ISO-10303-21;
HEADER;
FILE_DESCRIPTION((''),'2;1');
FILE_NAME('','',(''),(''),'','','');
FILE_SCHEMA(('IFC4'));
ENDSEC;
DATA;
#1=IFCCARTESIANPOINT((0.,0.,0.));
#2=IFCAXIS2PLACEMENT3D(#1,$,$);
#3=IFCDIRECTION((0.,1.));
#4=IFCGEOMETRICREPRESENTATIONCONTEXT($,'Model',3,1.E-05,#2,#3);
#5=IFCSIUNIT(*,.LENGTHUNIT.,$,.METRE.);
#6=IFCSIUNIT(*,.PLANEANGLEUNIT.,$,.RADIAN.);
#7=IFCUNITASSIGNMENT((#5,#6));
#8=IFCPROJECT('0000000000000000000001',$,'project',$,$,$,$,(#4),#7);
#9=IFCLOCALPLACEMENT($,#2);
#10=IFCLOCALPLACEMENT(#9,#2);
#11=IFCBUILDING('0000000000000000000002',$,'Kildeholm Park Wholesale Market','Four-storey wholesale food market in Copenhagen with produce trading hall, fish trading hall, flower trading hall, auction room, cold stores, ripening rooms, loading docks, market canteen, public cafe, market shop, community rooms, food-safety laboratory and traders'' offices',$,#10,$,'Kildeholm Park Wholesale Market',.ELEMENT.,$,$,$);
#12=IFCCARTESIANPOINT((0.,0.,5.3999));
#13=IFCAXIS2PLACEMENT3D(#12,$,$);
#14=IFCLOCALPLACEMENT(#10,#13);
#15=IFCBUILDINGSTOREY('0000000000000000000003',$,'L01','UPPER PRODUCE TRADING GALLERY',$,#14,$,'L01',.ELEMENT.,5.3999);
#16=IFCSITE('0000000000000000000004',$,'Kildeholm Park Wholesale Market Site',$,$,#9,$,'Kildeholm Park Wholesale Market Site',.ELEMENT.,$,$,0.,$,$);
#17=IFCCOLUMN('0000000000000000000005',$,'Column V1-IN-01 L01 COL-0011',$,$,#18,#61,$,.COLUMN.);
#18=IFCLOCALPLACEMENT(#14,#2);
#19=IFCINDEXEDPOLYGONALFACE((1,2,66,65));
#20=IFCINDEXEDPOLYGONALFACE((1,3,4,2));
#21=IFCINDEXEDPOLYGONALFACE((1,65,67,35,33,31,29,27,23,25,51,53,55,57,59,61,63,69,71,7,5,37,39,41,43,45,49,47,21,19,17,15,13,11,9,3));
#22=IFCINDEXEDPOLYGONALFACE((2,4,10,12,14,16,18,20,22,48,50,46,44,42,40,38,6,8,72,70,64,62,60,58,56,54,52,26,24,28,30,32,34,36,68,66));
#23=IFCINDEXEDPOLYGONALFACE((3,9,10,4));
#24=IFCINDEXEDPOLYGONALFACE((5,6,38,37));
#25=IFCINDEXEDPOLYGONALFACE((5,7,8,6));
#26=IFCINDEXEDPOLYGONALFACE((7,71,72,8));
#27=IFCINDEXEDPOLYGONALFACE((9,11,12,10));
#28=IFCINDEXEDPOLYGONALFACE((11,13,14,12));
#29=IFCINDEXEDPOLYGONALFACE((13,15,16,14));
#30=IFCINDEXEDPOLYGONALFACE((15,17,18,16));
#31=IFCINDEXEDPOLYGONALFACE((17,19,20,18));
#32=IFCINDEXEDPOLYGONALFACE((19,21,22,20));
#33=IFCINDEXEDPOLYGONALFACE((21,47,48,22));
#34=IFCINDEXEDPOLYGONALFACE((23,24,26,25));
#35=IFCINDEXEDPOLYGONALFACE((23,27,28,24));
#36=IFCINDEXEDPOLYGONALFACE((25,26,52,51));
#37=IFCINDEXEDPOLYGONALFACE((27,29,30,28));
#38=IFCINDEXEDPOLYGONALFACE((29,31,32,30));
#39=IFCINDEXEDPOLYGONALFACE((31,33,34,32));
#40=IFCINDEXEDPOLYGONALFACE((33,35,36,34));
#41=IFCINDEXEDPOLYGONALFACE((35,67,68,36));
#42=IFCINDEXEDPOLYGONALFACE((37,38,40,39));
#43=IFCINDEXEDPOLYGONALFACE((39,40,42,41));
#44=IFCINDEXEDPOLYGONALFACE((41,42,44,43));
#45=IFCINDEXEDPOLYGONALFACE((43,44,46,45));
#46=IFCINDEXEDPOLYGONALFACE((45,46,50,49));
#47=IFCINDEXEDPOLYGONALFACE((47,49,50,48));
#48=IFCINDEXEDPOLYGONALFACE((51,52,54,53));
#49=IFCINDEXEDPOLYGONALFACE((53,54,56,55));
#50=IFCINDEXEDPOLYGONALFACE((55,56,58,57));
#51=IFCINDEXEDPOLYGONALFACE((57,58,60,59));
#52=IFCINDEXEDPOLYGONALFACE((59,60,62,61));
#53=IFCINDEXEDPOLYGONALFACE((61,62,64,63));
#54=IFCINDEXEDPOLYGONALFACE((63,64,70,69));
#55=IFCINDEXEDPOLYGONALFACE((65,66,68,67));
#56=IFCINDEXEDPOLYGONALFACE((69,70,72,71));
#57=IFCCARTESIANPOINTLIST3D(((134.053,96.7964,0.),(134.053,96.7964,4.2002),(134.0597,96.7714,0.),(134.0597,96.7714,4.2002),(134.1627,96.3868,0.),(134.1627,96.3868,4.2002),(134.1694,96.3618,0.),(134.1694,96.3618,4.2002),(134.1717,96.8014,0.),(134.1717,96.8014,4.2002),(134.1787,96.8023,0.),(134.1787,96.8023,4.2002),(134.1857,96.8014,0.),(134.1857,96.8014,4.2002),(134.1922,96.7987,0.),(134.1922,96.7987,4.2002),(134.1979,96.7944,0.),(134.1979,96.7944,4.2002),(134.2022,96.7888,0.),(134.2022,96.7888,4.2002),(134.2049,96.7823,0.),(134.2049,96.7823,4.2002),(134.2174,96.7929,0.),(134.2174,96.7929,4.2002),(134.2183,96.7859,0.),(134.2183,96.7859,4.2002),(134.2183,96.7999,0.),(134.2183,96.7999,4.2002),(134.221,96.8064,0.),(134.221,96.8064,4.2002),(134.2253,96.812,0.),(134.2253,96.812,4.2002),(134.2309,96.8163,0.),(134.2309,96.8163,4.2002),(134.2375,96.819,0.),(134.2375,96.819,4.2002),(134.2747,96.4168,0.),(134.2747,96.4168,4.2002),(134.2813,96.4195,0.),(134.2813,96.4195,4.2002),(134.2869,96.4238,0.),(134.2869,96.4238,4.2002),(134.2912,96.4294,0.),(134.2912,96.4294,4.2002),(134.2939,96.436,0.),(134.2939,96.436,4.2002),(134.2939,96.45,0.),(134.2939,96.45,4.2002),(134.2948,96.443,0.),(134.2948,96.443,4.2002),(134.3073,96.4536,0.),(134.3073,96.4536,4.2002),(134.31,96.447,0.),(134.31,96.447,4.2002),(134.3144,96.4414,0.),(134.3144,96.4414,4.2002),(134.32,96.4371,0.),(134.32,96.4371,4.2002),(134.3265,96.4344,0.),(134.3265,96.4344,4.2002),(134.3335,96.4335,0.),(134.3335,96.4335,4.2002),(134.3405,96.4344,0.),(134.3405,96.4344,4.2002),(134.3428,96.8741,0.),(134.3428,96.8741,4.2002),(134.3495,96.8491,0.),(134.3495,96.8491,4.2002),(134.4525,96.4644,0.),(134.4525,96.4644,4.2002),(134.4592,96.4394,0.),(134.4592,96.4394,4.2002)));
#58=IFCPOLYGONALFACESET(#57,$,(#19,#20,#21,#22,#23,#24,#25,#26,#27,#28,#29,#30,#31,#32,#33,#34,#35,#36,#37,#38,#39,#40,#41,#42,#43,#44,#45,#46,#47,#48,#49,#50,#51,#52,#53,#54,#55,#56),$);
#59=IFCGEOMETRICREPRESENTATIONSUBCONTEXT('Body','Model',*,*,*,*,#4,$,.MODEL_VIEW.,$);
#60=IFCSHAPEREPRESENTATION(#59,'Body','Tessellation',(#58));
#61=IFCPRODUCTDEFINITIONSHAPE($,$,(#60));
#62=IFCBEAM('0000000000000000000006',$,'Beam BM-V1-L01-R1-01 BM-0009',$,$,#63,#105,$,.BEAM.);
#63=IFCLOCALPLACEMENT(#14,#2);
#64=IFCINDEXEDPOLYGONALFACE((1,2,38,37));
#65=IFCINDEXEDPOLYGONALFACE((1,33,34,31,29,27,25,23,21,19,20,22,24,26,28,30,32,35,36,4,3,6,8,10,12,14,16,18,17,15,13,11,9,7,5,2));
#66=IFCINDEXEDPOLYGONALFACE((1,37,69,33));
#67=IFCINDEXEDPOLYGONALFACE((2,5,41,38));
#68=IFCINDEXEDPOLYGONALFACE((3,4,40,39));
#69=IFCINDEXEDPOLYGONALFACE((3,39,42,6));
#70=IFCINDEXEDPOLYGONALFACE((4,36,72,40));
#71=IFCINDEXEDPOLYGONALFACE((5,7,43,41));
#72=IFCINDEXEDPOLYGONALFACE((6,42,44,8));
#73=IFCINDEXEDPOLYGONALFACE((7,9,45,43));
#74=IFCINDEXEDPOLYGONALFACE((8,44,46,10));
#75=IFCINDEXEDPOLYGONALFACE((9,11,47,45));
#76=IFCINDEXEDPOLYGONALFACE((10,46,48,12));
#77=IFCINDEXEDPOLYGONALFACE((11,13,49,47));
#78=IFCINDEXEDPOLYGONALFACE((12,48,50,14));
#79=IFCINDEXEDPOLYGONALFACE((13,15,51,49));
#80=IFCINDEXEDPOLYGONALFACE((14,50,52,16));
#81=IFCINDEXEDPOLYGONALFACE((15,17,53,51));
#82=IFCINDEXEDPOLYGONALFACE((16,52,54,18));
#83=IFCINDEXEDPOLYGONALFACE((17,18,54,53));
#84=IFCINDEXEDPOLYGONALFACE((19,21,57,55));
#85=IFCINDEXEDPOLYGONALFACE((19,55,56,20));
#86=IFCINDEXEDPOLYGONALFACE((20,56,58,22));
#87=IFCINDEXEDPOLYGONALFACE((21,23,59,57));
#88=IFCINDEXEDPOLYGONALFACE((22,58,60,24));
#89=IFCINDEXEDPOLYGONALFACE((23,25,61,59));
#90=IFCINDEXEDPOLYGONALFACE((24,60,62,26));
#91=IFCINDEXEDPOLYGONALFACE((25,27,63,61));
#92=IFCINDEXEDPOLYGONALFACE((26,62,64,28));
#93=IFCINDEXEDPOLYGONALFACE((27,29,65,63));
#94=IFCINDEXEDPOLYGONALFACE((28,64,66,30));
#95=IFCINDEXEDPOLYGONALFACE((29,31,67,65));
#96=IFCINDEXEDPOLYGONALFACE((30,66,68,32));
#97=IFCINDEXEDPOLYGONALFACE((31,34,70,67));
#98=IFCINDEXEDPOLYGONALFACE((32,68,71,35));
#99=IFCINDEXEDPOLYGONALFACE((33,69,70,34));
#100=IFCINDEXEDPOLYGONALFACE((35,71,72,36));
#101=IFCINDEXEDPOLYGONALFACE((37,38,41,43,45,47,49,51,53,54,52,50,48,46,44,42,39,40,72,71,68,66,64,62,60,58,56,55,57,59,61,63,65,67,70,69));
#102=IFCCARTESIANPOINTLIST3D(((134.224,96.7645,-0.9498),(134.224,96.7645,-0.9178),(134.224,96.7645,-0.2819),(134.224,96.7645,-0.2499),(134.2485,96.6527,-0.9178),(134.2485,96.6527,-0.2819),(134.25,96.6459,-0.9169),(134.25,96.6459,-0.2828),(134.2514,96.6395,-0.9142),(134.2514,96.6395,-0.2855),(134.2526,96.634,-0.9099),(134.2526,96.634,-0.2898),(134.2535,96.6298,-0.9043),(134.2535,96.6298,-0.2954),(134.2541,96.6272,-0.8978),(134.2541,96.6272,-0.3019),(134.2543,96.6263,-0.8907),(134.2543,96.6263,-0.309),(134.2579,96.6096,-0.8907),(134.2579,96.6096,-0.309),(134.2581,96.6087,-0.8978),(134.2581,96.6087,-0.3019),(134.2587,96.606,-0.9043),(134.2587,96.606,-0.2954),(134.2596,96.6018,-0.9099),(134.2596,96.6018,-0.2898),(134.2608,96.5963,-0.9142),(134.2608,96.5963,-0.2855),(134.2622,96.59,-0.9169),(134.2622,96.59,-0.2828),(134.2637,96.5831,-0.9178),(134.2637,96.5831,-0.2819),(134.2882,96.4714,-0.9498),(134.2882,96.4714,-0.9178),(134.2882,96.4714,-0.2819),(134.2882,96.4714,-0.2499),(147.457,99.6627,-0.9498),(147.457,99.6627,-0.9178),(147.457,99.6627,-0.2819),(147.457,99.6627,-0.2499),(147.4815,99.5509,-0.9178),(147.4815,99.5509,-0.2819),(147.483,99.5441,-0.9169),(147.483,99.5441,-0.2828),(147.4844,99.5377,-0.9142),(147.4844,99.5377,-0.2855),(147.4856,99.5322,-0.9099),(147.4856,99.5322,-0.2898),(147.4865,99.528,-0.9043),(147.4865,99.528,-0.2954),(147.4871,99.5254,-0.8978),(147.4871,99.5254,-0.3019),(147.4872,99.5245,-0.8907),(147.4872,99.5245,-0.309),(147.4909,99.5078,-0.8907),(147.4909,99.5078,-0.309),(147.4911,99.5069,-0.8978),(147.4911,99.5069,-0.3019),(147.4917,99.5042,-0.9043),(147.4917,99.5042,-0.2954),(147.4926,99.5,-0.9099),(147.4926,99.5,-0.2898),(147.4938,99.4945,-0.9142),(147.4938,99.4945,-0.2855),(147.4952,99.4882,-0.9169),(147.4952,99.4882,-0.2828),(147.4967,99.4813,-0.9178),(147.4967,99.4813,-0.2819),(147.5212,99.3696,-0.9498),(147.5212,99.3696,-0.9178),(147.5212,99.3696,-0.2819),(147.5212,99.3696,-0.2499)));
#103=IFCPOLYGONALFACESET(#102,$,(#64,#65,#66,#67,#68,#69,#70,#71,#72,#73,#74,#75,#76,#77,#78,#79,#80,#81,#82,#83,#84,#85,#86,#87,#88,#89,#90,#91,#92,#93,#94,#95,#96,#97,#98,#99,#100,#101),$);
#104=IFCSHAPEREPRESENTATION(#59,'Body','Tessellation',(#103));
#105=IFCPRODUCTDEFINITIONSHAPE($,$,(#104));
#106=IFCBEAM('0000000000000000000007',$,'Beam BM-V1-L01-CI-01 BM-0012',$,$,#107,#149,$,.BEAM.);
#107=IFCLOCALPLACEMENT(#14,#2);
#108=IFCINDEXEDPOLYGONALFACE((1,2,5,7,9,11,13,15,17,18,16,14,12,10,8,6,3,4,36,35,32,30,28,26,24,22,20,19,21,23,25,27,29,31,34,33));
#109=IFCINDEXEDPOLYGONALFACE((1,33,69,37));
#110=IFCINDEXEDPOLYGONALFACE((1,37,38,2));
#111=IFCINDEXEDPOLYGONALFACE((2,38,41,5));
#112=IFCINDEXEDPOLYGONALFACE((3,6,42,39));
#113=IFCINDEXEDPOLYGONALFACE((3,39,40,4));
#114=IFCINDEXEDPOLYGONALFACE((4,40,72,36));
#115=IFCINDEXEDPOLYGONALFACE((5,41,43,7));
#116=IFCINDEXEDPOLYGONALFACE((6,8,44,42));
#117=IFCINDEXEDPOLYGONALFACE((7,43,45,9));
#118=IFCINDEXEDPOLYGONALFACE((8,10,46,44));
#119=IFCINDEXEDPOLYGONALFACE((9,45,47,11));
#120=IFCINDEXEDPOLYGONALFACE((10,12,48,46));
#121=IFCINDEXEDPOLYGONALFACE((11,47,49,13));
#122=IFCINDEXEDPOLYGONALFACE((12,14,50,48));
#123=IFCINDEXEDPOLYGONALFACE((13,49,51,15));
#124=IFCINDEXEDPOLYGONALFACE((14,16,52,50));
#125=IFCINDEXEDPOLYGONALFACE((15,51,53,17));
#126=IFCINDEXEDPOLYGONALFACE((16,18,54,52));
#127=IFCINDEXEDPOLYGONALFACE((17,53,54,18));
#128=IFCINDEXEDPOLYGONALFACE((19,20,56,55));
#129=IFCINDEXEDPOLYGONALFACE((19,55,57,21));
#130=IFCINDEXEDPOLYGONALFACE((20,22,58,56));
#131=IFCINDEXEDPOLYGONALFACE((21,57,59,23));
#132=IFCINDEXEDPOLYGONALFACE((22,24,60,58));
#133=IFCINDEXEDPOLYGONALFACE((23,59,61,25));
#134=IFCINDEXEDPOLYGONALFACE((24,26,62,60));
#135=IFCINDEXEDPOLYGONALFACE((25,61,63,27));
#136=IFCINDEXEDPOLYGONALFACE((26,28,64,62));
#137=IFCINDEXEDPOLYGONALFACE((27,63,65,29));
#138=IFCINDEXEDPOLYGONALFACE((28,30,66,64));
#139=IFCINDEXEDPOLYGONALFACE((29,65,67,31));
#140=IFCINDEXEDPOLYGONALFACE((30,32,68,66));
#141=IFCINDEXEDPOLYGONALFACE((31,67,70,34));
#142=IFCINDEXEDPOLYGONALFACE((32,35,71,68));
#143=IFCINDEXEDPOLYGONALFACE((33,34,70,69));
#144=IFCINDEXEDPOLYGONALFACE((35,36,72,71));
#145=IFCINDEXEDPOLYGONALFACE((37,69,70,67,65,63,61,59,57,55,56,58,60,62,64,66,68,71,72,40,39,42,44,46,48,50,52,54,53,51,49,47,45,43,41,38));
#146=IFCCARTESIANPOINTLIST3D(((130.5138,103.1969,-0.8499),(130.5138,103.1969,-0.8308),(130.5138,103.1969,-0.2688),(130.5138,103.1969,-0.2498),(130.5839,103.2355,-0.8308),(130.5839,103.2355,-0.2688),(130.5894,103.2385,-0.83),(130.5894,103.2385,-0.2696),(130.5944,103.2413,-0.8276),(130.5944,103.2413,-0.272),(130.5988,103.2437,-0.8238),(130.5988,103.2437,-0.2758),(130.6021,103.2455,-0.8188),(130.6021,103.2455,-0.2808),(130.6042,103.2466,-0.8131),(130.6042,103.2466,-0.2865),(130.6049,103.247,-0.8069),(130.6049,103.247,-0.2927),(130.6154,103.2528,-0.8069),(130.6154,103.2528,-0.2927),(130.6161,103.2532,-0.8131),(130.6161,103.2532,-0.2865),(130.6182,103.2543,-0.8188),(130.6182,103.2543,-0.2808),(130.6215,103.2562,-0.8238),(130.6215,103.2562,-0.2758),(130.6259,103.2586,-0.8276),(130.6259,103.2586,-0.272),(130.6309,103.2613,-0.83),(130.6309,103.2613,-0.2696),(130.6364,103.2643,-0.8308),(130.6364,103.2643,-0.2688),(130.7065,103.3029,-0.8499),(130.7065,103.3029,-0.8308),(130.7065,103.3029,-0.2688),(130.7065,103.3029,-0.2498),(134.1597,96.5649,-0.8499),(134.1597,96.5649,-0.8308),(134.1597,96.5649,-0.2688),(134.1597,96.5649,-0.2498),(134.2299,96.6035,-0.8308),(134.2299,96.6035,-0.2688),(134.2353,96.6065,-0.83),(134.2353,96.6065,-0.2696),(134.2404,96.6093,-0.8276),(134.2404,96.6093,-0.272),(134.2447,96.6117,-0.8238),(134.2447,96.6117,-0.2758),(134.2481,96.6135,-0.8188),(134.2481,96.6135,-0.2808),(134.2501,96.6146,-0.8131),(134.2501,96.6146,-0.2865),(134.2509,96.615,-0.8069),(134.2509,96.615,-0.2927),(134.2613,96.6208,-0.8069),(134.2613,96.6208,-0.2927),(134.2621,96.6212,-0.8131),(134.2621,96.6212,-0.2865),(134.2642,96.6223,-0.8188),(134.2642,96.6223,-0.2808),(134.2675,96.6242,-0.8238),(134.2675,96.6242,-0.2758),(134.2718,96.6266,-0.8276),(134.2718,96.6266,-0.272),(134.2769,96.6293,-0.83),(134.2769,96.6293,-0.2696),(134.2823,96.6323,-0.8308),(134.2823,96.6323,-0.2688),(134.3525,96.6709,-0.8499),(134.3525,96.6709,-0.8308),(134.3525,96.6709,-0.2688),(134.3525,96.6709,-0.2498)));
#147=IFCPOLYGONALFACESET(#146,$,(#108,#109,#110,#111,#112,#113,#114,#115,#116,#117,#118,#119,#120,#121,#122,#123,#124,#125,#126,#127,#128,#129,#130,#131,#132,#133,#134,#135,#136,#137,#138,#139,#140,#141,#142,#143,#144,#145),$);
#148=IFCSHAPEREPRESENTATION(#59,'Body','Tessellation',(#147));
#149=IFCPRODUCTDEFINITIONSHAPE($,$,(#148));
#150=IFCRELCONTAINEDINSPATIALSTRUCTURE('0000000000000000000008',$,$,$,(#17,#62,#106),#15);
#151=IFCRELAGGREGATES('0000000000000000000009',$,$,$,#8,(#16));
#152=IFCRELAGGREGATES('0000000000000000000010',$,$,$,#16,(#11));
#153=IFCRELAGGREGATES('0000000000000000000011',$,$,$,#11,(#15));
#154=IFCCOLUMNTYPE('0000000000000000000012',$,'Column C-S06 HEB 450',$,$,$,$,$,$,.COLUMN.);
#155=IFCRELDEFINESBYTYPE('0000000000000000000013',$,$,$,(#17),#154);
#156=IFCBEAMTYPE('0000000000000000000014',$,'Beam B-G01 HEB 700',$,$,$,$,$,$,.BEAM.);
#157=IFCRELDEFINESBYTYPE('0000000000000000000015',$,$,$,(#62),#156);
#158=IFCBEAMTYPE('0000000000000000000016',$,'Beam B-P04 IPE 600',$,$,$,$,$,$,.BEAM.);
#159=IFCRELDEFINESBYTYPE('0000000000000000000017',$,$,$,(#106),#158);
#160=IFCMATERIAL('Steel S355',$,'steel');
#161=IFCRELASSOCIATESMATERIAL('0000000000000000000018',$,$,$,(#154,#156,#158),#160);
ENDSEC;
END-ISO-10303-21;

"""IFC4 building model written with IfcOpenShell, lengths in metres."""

from ifc_helpers import new_model, si_unit, direction, frame, origin, origin_2d, place, context, subcontext, project, spatial, i_section, extrude, material, material_profile, profile_set, type_object, element, save


model = new_model("IFC4")

# Units and contexts
model_context = context("Model", 3, precision=1e-05, world=origin(), true_north=direction((0.0, 1.0)))
body_context = subcontext(model_context, "Body", "Model", "MODEL_VIEW")
ifc_project = project(units=[si_unit("LENGTHUNIT", "METRE"), si_unit("PLANEANGLEUNIT", "RADIAN")], contexts=[model_context])

# Site, building, storey
site_placement = place(None, origin())
site = spatial("IfcSite", under=ifc_project, at=site_placement, Name="Kildeholm Park Wholesale Market Site", LongName="Kildeholm Park Wholesale Market Site", CompositionType="ELEMENT", RefElevation=0.0)
building_placement = place(site_placement, origin())
building = spatial("IfcBuilding", under=site, at=building_placement, Name="Kildeholm Park Wholesale Market", Description="Four-storey wholesale food market in Copenhagen with produce trading hall, fish trading hall, flower trading hall, auction room, cold stores, ripening rooms, loading docks, market canteen, public cafe, market shop, community rooms, food-safety laboratory and traders' offices", LongName="Kildeholm Park Wholesale Market", CompositionType="ELEMENT")
storey_placement = place(building_placement, frame((0.0, 0.0, 5.3999)))
storey = spatial("IfcBuildingStorey", under=building, at=storey_placement, Name="L01", Description="UPPER PRODUCE TRADING GALLERY", LongName="L01", CompositionType="ELEMENT", Elevation=5.3999)

# Column
ifc_material_1 = material(Name="Steel S355", Category="steel")
ifc_material_profile_1 = material_profile(ifc_material_1, i_section(OverallWidth=0.3, OverallDepth=0.45, WebThickness=0.0139, FlangeThickness=0.0259, FilletRadius=0.0271, at=origin_2d()), Name="HEB 450")
ifc_profile_set_1 = profile_set([ifc_material_profile_1], Name="Steel S355")
column_type = type_object("IfcColumnType", Name="Column C-S06 HEB 450", PredefinedType="COLUMN", material=ifc_profile_set_1)
column_placement = place(storey_placement, frame((134.2561, 96.6179, 0.0), z_axis=(0.0, 0.0, 1.0), x_axis=(0.965926, 0.258819, 0.0)))
element("IfcColumn", 1, at=column_placement, inside=storey, type_object=column_type, Name="Column V1-IN-01 L01 COL-0011", PredefinedType="COLUMN", context=body_context, shape_type="SweptSolid", body=[
    extrude(i_section(OverallWidth=0.3, OverallDepth=0.45, WebThickness=0.0139, FlangeThickness=0.0259, FilletRadius=0.0271, at=origin_2d()), origin(), (0.0, 0.0, 1.0), 4.2002),
])

# Beams
ifc_material_profile_2 = material_profile(ifc_material_1, i_section(OverallWidth=0.3, OverallDepth=0.7, WebThickness=0.0171, FlangeThickness=0.032, FilletRadius=0.0271, at=origin_2d()), Name="HEB 700")
ifc_profile_set_2 = profile_set([ifc_material_profile_2], Name="Steel S355")
beam_type_1 = type_object("IfcBeamType", Name="Beam B-G01 HEB 700", PredefinedType="BEAM", material=ifc_profile_set_2)
beam_1_placement = place(storey_placement, frame((134.2561, 96.6179, -0.5999), z_axis=(0.976846, 0.213943, 0.0), x_axis=(-0.213943, 0.976846, 0.0)))
element("IfcBeam", 2, at=beam_1_placement, inside=storey, type_object=beam_type_1, Name="Beam BM-V1-L01-R1-01 BM-0009", PredefinedType="BEAM", context=body_context, shape_type="SweptSolid", body=[
    extrude(i_section(OverallWidth=0.3, OverallDepth=0.7, WebThickness=0.0171, FlangeThickness=0.032, FilletRadius=0.0271, at=origin_2d()), origin(), (0.0, 0.0, 1.0), 13.5466),
])
ifc_material_profile_3 = material_profile(ifc_material_1, i_section(OverallWidth=0.22, OverallDepth=0.6001, WebThickness=0.012, FlangeThickness=0.019, FilletRadius=0.0239, at=origin_2d()), Name="IPE 600")
ifc_profile_set_3 = profile_set([ifc_material_profile_3], Name="Steel S355")
beam_type_2 = type_object("IfcBeamType", Name="Beam B-P04 IPE 600", PredefinedType="BEAM", material=ifc_profile_set_3)
beam_2_placement = place(storey_placement, frame((134.2561, 96.6179, -0.5498), z_axis=(-0.481752, 0.876308, 0.0), x_axis=(-0.876308, -0.481752, 0.0)))
element("IfcBeam", 3, at=beam_2_placement, inside=storey, type_object=beam_type_2, Name="Beam BM-V1-L01-CI-01 BM-0012", PredefinedType="BEAM", context=body_context, shape_type="SweptSolid", body=[
    extrude(i_section(OverallWidth=0.22, OverallDepth=0.6001, WebThickness=0.012, FlangeThickness=0.019, FilletRadius=0.0239, at=origin_2d()), origin(), (0.0, 0.0, 1.0), 7.5681),
])

save(model, "model.ifc")
